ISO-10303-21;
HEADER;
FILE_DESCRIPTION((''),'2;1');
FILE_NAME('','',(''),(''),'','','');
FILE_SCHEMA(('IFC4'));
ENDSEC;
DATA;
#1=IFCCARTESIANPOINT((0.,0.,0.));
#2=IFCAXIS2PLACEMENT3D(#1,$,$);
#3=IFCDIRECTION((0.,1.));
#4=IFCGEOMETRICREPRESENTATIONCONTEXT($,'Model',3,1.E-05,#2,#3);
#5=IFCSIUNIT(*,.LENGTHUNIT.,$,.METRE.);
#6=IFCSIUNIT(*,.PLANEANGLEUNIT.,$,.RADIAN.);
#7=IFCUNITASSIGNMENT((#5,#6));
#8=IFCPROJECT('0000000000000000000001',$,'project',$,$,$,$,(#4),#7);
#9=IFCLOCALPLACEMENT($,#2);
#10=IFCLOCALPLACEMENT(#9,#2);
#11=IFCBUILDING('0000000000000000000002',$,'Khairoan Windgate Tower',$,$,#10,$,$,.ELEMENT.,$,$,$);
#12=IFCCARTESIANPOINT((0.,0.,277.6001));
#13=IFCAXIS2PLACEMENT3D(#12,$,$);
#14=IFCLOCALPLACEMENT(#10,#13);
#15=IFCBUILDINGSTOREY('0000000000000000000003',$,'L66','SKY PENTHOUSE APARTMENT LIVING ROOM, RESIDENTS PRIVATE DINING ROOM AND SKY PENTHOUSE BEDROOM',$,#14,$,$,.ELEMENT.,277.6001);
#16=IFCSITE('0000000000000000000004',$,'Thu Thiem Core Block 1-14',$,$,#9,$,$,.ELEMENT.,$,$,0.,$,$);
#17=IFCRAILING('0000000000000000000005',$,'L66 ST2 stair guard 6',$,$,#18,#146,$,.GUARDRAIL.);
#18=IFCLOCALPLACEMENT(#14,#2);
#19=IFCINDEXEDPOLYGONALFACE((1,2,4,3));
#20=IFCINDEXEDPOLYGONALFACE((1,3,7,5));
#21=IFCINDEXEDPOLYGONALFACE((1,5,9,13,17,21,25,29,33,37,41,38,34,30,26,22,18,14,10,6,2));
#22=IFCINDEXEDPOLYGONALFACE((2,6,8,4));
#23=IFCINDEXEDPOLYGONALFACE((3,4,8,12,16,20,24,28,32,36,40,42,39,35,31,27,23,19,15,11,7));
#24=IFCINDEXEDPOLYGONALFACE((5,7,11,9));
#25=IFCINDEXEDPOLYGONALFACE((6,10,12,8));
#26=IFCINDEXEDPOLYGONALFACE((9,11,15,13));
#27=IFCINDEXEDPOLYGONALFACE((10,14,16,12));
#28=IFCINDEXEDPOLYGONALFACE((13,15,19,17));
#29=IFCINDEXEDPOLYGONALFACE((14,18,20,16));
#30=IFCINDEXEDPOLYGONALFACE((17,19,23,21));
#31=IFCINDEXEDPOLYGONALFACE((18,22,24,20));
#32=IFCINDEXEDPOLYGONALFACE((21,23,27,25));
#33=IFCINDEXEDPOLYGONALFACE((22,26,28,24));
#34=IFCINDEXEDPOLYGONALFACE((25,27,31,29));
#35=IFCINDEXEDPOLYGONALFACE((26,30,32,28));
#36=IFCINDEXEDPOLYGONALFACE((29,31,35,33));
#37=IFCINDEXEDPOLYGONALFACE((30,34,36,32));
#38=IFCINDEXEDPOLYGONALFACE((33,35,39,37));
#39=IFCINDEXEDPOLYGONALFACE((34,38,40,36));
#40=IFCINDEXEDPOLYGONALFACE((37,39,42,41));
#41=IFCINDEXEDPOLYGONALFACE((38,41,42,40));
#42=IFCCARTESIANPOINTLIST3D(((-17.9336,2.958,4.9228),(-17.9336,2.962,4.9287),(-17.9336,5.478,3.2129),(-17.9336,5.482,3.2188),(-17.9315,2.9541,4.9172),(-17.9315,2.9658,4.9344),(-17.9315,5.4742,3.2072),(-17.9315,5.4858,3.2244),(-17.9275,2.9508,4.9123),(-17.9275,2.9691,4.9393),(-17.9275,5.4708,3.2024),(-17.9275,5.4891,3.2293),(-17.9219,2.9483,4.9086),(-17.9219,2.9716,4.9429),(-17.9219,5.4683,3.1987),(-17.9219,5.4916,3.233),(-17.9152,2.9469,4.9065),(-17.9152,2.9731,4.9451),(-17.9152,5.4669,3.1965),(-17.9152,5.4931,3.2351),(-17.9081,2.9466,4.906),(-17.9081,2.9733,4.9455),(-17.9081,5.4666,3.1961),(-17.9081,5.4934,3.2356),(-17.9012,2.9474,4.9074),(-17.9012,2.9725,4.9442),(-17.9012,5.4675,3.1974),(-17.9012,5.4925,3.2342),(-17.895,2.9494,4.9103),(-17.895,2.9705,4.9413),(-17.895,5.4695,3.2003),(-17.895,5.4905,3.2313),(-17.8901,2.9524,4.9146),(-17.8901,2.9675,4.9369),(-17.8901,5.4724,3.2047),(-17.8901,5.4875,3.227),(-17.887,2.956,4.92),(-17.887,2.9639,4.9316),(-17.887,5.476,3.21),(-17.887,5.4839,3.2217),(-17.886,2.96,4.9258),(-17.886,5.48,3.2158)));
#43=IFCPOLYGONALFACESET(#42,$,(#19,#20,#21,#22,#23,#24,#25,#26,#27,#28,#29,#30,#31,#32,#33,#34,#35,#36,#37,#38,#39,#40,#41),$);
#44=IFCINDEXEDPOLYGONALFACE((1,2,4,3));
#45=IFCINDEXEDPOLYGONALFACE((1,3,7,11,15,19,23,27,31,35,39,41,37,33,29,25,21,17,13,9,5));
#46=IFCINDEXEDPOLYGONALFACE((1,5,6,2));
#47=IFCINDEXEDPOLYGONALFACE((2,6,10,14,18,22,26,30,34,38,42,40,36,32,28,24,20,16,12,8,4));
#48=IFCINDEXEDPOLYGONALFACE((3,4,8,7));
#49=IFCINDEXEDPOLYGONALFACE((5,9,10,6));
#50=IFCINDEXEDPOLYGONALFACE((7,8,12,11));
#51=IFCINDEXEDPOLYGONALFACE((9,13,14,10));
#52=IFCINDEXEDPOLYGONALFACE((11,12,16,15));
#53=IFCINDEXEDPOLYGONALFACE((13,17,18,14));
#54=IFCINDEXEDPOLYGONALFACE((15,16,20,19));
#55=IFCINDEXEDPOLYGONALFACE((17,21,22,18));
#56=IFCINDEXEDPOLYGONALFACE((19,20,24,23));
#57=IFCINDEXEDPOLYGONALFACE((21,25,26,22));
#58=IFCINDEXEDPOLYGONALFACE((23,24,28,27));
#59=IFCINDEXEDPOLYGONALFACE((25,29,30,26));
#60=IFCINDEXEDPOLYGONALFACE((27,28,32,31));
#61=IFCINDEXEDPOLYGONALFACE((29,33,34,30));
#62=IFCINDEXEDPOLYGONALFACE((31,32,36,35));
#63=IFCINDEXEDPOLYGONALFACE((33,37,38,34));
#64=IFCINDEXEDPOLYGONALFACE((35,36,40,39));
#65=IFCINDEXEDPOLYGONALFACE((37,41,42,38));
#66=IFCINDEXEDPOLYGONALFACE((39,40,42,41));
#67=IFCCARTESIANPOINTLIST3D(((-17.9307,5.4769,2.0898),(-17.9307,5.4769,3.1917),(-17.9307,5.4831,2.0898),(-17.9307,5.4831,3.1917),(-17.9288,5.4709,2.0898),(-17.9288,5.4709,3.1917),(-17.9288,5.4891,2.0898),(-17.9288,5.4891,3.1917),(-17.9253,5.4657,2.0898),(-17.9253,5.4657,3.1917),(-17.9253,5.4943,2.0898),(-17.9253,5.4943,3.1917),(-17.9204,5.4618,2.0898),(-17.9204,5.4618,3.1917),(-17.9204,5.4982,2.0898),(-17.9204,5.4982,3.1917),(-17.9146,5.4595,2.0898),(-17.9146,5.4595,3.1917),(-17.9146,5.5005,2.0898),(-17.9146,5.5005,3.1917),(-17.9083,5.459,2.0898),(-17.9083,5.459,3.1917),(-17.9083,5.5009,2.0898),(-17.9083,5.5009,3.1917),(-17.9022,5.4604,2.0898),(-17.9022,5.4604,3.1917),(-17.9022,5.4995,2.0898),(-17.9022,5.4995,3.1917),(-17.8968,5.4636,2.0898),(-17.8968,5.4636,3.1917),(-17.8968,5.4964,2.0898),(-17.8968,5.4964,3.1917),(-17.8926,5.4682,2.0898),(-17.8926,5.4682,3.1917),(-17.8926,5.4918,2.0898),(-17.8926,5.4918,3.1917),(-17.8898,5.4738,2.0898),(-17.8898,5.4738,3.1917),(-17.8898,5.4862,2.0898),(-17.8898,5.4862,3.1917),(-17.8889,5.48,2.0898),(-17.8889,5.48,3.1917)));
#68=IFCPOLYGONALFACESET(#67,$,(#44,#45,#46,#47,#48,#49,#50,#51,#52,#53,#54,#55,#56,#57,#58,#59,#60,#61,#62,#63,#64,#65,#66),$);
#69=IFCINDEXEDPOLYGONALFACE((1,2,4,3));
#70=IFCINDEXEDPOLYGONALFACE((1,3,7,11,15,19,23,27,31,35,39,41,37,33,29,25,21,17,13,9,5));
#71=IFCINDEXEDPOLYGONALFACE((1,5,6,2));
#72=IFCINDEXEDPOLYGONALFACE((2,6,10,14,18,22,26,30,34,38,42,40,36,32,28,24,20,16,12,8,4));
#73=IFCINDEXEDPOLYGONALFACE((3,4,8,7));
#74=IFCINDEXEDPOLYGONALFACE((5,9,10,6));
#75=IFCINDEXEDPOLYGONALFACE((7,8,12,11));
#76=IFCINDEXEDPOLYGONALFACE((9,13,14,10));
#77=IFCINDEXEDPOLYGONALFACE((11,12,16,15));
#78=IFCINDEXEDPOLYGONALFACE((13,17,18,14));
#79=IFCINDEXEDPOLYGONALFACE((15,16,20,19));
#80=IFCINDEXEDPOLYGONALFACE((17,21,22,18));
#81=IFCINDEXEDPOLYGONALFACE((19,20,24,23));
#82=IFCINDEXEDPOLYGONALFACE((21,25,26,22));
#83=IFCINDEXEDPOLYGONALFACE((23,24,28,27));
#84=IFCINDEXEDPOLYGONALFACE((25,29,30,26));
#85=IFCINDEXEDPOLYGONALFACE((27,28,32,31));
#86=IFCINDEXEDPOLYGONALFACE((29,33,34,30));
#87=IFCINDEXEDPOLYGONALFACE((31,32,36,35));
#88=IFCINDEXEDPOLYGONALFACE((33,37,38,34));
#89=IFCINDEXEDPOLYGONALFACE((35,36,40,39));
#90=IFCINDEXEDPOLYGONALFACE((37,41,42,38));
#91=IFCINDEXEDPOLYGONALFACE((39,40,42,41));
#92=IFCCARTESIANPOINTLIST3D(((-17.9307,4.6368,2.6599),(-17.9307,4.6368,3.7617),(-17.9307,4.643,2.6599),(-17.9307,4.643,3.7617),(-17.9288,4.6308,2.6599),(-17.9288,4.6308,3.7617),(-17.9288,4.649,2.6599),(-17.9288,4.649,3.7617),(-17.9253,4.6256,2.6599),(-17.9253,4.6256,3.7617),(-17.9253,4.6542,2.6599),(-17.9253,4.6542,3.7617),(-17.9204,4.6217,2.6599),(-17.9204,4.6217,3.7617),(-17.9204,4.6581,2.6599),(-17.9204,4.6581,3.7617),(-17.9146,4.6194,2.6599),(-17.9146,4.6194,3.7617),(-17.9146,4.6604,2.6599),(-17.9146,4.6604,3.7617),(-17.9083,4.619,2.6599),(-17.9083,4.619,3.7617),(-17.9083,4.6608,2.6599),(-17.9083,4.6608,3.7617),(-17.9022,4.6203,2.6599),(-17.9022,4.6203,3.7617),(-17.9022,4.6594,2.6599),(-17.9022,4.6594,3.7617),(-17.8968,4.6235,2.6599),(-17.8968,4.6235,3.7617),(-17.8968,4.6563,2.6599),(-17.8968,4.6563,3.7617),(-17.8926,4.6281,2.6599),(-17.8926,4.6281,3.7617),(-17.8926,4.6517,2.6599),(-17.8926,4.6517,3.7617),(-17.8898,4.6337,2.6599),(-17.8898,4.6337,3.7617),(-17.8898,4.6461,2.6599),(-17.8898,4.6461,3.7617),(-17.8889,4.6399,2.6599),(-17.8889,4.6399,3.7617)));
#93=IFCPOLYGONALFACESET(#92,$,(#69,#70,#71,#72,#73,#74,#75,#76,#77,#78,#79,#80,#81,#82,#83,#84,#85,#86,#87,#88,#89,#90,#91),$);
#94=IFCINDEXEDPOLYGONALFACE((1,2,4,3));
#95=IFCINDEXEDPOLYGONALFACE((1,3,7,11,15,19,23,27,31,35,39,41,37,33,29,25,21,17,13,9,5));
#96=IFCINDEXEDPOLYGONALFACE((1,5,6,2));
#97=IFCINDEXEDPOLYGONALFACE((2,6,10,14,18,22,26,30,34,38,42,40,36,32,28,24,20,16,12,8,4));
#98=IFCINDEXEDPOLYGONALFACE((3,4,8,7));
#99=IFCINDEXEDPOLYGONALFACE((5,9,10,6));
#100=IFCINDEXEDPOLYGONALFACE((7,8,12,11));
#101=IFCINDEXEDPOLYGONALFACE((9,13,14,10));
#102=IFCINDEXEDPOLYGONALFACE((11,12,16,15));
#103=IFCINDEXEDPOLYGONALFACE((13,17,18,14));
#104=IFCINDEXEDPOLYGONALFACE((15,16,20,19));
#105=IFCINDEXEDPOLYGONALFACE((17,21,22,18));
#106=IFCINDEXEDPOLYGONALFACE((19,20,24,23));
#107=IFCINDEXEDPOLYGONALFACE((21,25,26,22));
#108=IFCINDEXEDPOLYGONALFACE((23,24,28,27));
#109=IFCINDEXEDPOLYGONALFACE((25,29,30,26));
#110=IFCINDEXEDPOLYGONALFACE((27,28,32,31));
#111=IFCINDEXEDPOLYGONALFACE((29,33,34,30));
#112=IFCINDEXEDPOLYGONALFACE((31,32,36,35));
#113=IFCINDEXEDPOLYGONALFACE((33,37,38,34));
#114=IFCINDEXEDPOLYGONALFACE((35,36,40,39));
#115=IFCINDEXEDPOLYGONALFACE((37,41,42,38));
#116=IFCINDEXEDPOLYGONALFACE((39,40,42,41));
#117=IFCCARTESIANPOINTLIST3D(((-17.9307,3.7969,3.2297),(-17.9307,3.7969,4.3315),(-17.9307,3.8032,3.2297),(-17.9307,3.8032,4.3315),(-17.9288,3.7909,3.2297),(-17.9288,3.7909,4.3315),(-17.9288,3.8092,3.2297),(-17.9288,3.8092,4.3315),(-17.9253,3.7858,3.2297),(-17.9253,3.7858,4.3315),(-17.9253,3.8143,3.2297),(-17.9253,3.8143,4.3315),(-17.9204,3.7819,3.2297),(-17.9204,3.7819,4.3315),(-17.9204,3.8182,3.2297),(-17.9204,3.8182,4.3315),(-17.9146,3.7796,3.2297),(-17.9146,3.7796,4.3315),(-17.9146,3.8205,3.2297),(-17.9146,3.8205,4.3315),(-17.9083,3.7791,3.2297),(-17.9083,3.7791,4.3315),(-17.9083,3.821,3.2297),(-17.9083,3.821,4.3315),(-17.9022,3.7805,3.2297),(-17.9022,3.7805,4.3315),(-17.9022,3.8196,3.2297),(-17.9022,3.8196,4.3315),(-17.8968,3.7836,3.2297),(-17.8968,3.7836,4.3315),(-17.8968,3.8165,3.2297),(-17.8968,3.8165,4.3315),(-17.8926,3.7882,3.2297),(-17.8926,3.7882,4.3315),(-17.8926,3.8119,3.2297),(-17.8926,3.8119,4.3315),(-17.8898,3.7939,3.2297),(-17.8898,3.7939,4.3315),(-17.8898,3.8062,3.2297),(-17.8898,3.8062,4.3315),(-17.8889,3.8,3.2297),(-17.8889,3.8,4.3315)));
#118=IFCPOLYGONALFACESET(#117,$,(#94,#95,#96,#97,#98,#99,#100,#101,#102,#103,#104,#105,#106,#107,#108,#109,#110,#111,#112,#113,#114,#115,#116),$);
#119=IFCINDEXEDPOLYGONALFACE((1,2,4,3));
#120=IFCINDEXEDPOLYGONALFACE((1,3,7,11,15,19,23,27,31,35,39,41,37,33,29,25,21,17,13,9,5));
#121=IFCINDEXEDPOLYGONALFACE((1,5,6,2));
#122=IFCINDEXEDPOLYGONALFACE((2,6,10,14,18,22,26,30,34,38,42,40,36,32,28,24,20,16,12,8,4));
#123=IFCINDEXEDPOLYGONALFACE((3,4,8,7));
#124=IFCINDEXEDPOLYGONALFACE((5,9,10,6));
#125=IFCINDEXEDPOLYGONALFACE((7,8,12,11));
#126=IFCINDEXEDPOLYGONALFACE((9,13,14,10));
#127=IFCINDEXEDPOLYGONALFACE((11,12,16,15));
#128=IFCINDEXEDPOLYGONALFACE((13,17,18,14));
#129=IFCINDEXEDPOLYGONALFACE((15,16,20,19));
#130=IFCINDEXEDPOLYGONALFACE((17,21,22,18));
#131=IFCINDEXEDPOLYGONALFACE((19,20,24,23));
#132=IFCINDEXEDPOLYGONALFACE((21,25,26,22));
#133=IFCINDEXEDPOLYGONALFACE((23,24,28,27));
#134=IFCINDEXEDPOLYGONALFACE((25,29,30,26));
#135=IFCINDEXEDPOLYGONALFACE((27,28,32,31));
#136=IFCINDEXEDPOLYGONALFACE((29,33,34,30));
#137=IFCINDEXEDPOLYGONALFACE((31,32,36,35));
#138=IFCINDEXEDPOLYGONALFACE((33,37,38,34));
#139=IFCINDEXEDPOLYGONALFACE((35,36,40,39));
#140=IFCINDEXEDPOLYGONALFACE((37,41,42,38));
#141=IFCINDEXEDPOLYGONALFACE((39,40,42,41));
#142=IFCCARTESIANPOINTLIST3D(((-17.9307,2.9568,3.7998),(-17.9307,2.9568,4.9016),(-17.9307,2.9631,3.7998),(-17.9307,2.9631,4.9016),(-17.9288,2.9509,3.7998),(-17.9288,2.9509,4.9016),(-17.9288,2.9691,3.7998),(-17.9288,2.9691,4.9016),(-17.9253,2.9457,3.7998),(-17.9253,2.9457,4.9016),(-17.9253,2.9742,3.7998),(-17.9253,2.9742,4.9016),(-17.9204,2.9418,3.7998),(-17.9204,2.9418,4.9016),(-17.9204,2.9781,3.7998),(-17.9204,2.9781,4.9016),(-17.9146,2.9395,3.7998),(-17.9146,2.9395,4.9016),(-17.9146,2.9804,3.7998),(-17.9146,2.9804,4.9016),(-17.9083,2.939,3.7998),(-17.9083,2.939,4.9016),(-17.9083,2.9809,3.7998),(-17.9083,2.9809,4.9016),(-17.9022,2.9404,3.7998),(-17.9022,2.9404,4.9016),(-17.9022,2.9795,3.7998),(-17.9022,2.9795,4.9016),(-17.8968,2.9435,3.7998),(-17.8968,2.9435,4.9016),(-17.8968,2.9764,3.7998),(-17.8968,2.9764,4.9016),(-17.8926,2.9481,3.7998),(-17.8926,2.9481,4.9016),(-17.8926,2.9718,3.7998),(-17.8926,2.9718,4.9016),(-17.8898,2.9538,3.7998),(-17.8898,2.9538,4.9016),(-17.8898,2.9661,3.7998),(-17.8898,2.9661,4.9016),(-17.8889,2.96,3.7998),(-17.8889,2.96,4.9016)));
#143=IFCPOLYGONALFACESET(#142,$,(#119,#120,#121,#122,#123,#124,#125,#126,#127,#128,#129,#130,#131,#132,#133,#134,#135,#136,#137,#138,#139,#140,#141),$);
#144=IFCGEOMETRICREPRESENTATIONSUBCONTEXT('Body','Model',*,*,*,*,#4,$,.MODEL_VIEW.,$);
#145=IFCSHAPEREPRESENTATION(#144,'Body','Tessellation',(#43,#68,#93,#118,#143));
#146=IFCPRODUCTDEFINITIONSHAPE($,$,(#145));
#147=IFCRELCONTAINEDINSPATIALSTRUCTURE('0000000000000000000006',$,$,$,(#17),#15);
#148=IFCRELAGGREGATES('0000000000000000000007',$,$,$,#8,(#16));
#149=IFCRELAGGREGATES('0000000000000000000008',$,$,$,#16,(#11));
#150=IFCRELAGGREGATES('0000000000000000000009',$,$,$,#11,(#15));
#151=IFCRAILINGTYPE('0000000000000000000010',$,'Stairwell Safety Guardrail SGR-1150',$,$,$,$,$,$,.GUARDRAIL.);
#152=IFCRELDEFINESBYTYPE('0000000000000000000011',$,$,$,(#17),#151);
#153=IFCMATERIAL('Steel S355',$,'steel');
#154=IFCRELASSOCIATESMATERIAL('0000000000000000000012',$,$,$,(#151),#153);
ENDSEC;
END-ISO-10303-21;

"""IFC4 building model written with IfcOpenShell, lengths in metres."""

from ifc_helpers import new_model, si_unit, direction, frame, origin, origin_2d, place, context, subcontext, project, spatial, circle, extrude, material, type_object, element, save


model = new_model("IFC4")

# Units and contexts
model_context = context("Model", 3, precision=1e-05, world=origin(), true_north=direction((0.0, 1.0)))
body_context = subcontext(model_context, "Body", "Model", "MODEL_VIEW")
ifc_project = project(units=[si_unit("LENGTHUNIT", "METRE"), si_unit("PLANEANGLEUNIT", "RADIAN")], contexts=[model_context])

# Site, building, storey
site_placement = place(None, origin())
site = spatial("IfcSite", under=ifc_project, at=site_placement, Name="Thu Thiem Core Block 1-14", CompositionType="ELEMENT", RefElevation=0.0)
building_placement = place(site_placement, origin())
building = spatial("IfcBuilding", under=site, at=building_placement, Name="Khairoan Windgate Tower", CompositionType="ELEMENT")
storey_placement = place(building_placement, frame((0.0, 0.0, 277.6001)))
storey = spatial("IfcBuildingStorey", under=building, at=storey_placement, Name="L66", Description="SKY PENTHOUSE APARTMENT LIVING ROOM, RESIDENTS PRIVATE DINING ROOM AND SKY PENTHOUSE BEDROOM", CompositionType="ELEMENT", Elevation=277.6001)

# Railing
ifc_material_1 = material(Name="Steel S355", Category="steel")
railing_type_1 = type_object("IfcRailingType", Name="Stairwell Safety Guardrail SGR-1150", PredefinedType="GUARDRAIL", material=ifc_material_1)
railing_1_placement = place(storey_placement, frame((-17.9099, 5.48, 2.0898)))
element("IfcRailing", 1, at=railing_1_placement, inside=storey, type_object=railing_type_1, Name="L66 ST2 stair guard 6", PredefinedType="GUARDRAIL", context=body_context, shape_type="SweptSolid", body=[
    extrude(circle(Radius=0.0239, at=origin_2d()), frame((0.0, 0.0, 1.126), z_axis=(0.0, -0.827484, 0.56149), x_axis=(1.0, 0.0, 0.0)), (0.0, 0.0, 1.0), 3.0454),
    extrude(circle(Radius=0.021, at=origin_2d()), origin(), (0.0, 0.0, 1.0), 1.1018),
    extrude(circle(Radius=0.021, at=origin_2d()), frame((0.0, -0.8401, 0.5701)), (0.0, 0.0, 1.0), 1.1018),
    extrude(circle(Radius=0.021, at=origin_2d()), frame((0.0, -1.6799, 1.1399)), (0.0, 0.0, 1.0), 1.1018),
    extrude(circle(Radius=0.021, at=origin_2d()), frame((0.0, -2.52, 1.71)), (0.0, 0.0, 1.0), 1.1018),
])

save(model, "model.ifc")
